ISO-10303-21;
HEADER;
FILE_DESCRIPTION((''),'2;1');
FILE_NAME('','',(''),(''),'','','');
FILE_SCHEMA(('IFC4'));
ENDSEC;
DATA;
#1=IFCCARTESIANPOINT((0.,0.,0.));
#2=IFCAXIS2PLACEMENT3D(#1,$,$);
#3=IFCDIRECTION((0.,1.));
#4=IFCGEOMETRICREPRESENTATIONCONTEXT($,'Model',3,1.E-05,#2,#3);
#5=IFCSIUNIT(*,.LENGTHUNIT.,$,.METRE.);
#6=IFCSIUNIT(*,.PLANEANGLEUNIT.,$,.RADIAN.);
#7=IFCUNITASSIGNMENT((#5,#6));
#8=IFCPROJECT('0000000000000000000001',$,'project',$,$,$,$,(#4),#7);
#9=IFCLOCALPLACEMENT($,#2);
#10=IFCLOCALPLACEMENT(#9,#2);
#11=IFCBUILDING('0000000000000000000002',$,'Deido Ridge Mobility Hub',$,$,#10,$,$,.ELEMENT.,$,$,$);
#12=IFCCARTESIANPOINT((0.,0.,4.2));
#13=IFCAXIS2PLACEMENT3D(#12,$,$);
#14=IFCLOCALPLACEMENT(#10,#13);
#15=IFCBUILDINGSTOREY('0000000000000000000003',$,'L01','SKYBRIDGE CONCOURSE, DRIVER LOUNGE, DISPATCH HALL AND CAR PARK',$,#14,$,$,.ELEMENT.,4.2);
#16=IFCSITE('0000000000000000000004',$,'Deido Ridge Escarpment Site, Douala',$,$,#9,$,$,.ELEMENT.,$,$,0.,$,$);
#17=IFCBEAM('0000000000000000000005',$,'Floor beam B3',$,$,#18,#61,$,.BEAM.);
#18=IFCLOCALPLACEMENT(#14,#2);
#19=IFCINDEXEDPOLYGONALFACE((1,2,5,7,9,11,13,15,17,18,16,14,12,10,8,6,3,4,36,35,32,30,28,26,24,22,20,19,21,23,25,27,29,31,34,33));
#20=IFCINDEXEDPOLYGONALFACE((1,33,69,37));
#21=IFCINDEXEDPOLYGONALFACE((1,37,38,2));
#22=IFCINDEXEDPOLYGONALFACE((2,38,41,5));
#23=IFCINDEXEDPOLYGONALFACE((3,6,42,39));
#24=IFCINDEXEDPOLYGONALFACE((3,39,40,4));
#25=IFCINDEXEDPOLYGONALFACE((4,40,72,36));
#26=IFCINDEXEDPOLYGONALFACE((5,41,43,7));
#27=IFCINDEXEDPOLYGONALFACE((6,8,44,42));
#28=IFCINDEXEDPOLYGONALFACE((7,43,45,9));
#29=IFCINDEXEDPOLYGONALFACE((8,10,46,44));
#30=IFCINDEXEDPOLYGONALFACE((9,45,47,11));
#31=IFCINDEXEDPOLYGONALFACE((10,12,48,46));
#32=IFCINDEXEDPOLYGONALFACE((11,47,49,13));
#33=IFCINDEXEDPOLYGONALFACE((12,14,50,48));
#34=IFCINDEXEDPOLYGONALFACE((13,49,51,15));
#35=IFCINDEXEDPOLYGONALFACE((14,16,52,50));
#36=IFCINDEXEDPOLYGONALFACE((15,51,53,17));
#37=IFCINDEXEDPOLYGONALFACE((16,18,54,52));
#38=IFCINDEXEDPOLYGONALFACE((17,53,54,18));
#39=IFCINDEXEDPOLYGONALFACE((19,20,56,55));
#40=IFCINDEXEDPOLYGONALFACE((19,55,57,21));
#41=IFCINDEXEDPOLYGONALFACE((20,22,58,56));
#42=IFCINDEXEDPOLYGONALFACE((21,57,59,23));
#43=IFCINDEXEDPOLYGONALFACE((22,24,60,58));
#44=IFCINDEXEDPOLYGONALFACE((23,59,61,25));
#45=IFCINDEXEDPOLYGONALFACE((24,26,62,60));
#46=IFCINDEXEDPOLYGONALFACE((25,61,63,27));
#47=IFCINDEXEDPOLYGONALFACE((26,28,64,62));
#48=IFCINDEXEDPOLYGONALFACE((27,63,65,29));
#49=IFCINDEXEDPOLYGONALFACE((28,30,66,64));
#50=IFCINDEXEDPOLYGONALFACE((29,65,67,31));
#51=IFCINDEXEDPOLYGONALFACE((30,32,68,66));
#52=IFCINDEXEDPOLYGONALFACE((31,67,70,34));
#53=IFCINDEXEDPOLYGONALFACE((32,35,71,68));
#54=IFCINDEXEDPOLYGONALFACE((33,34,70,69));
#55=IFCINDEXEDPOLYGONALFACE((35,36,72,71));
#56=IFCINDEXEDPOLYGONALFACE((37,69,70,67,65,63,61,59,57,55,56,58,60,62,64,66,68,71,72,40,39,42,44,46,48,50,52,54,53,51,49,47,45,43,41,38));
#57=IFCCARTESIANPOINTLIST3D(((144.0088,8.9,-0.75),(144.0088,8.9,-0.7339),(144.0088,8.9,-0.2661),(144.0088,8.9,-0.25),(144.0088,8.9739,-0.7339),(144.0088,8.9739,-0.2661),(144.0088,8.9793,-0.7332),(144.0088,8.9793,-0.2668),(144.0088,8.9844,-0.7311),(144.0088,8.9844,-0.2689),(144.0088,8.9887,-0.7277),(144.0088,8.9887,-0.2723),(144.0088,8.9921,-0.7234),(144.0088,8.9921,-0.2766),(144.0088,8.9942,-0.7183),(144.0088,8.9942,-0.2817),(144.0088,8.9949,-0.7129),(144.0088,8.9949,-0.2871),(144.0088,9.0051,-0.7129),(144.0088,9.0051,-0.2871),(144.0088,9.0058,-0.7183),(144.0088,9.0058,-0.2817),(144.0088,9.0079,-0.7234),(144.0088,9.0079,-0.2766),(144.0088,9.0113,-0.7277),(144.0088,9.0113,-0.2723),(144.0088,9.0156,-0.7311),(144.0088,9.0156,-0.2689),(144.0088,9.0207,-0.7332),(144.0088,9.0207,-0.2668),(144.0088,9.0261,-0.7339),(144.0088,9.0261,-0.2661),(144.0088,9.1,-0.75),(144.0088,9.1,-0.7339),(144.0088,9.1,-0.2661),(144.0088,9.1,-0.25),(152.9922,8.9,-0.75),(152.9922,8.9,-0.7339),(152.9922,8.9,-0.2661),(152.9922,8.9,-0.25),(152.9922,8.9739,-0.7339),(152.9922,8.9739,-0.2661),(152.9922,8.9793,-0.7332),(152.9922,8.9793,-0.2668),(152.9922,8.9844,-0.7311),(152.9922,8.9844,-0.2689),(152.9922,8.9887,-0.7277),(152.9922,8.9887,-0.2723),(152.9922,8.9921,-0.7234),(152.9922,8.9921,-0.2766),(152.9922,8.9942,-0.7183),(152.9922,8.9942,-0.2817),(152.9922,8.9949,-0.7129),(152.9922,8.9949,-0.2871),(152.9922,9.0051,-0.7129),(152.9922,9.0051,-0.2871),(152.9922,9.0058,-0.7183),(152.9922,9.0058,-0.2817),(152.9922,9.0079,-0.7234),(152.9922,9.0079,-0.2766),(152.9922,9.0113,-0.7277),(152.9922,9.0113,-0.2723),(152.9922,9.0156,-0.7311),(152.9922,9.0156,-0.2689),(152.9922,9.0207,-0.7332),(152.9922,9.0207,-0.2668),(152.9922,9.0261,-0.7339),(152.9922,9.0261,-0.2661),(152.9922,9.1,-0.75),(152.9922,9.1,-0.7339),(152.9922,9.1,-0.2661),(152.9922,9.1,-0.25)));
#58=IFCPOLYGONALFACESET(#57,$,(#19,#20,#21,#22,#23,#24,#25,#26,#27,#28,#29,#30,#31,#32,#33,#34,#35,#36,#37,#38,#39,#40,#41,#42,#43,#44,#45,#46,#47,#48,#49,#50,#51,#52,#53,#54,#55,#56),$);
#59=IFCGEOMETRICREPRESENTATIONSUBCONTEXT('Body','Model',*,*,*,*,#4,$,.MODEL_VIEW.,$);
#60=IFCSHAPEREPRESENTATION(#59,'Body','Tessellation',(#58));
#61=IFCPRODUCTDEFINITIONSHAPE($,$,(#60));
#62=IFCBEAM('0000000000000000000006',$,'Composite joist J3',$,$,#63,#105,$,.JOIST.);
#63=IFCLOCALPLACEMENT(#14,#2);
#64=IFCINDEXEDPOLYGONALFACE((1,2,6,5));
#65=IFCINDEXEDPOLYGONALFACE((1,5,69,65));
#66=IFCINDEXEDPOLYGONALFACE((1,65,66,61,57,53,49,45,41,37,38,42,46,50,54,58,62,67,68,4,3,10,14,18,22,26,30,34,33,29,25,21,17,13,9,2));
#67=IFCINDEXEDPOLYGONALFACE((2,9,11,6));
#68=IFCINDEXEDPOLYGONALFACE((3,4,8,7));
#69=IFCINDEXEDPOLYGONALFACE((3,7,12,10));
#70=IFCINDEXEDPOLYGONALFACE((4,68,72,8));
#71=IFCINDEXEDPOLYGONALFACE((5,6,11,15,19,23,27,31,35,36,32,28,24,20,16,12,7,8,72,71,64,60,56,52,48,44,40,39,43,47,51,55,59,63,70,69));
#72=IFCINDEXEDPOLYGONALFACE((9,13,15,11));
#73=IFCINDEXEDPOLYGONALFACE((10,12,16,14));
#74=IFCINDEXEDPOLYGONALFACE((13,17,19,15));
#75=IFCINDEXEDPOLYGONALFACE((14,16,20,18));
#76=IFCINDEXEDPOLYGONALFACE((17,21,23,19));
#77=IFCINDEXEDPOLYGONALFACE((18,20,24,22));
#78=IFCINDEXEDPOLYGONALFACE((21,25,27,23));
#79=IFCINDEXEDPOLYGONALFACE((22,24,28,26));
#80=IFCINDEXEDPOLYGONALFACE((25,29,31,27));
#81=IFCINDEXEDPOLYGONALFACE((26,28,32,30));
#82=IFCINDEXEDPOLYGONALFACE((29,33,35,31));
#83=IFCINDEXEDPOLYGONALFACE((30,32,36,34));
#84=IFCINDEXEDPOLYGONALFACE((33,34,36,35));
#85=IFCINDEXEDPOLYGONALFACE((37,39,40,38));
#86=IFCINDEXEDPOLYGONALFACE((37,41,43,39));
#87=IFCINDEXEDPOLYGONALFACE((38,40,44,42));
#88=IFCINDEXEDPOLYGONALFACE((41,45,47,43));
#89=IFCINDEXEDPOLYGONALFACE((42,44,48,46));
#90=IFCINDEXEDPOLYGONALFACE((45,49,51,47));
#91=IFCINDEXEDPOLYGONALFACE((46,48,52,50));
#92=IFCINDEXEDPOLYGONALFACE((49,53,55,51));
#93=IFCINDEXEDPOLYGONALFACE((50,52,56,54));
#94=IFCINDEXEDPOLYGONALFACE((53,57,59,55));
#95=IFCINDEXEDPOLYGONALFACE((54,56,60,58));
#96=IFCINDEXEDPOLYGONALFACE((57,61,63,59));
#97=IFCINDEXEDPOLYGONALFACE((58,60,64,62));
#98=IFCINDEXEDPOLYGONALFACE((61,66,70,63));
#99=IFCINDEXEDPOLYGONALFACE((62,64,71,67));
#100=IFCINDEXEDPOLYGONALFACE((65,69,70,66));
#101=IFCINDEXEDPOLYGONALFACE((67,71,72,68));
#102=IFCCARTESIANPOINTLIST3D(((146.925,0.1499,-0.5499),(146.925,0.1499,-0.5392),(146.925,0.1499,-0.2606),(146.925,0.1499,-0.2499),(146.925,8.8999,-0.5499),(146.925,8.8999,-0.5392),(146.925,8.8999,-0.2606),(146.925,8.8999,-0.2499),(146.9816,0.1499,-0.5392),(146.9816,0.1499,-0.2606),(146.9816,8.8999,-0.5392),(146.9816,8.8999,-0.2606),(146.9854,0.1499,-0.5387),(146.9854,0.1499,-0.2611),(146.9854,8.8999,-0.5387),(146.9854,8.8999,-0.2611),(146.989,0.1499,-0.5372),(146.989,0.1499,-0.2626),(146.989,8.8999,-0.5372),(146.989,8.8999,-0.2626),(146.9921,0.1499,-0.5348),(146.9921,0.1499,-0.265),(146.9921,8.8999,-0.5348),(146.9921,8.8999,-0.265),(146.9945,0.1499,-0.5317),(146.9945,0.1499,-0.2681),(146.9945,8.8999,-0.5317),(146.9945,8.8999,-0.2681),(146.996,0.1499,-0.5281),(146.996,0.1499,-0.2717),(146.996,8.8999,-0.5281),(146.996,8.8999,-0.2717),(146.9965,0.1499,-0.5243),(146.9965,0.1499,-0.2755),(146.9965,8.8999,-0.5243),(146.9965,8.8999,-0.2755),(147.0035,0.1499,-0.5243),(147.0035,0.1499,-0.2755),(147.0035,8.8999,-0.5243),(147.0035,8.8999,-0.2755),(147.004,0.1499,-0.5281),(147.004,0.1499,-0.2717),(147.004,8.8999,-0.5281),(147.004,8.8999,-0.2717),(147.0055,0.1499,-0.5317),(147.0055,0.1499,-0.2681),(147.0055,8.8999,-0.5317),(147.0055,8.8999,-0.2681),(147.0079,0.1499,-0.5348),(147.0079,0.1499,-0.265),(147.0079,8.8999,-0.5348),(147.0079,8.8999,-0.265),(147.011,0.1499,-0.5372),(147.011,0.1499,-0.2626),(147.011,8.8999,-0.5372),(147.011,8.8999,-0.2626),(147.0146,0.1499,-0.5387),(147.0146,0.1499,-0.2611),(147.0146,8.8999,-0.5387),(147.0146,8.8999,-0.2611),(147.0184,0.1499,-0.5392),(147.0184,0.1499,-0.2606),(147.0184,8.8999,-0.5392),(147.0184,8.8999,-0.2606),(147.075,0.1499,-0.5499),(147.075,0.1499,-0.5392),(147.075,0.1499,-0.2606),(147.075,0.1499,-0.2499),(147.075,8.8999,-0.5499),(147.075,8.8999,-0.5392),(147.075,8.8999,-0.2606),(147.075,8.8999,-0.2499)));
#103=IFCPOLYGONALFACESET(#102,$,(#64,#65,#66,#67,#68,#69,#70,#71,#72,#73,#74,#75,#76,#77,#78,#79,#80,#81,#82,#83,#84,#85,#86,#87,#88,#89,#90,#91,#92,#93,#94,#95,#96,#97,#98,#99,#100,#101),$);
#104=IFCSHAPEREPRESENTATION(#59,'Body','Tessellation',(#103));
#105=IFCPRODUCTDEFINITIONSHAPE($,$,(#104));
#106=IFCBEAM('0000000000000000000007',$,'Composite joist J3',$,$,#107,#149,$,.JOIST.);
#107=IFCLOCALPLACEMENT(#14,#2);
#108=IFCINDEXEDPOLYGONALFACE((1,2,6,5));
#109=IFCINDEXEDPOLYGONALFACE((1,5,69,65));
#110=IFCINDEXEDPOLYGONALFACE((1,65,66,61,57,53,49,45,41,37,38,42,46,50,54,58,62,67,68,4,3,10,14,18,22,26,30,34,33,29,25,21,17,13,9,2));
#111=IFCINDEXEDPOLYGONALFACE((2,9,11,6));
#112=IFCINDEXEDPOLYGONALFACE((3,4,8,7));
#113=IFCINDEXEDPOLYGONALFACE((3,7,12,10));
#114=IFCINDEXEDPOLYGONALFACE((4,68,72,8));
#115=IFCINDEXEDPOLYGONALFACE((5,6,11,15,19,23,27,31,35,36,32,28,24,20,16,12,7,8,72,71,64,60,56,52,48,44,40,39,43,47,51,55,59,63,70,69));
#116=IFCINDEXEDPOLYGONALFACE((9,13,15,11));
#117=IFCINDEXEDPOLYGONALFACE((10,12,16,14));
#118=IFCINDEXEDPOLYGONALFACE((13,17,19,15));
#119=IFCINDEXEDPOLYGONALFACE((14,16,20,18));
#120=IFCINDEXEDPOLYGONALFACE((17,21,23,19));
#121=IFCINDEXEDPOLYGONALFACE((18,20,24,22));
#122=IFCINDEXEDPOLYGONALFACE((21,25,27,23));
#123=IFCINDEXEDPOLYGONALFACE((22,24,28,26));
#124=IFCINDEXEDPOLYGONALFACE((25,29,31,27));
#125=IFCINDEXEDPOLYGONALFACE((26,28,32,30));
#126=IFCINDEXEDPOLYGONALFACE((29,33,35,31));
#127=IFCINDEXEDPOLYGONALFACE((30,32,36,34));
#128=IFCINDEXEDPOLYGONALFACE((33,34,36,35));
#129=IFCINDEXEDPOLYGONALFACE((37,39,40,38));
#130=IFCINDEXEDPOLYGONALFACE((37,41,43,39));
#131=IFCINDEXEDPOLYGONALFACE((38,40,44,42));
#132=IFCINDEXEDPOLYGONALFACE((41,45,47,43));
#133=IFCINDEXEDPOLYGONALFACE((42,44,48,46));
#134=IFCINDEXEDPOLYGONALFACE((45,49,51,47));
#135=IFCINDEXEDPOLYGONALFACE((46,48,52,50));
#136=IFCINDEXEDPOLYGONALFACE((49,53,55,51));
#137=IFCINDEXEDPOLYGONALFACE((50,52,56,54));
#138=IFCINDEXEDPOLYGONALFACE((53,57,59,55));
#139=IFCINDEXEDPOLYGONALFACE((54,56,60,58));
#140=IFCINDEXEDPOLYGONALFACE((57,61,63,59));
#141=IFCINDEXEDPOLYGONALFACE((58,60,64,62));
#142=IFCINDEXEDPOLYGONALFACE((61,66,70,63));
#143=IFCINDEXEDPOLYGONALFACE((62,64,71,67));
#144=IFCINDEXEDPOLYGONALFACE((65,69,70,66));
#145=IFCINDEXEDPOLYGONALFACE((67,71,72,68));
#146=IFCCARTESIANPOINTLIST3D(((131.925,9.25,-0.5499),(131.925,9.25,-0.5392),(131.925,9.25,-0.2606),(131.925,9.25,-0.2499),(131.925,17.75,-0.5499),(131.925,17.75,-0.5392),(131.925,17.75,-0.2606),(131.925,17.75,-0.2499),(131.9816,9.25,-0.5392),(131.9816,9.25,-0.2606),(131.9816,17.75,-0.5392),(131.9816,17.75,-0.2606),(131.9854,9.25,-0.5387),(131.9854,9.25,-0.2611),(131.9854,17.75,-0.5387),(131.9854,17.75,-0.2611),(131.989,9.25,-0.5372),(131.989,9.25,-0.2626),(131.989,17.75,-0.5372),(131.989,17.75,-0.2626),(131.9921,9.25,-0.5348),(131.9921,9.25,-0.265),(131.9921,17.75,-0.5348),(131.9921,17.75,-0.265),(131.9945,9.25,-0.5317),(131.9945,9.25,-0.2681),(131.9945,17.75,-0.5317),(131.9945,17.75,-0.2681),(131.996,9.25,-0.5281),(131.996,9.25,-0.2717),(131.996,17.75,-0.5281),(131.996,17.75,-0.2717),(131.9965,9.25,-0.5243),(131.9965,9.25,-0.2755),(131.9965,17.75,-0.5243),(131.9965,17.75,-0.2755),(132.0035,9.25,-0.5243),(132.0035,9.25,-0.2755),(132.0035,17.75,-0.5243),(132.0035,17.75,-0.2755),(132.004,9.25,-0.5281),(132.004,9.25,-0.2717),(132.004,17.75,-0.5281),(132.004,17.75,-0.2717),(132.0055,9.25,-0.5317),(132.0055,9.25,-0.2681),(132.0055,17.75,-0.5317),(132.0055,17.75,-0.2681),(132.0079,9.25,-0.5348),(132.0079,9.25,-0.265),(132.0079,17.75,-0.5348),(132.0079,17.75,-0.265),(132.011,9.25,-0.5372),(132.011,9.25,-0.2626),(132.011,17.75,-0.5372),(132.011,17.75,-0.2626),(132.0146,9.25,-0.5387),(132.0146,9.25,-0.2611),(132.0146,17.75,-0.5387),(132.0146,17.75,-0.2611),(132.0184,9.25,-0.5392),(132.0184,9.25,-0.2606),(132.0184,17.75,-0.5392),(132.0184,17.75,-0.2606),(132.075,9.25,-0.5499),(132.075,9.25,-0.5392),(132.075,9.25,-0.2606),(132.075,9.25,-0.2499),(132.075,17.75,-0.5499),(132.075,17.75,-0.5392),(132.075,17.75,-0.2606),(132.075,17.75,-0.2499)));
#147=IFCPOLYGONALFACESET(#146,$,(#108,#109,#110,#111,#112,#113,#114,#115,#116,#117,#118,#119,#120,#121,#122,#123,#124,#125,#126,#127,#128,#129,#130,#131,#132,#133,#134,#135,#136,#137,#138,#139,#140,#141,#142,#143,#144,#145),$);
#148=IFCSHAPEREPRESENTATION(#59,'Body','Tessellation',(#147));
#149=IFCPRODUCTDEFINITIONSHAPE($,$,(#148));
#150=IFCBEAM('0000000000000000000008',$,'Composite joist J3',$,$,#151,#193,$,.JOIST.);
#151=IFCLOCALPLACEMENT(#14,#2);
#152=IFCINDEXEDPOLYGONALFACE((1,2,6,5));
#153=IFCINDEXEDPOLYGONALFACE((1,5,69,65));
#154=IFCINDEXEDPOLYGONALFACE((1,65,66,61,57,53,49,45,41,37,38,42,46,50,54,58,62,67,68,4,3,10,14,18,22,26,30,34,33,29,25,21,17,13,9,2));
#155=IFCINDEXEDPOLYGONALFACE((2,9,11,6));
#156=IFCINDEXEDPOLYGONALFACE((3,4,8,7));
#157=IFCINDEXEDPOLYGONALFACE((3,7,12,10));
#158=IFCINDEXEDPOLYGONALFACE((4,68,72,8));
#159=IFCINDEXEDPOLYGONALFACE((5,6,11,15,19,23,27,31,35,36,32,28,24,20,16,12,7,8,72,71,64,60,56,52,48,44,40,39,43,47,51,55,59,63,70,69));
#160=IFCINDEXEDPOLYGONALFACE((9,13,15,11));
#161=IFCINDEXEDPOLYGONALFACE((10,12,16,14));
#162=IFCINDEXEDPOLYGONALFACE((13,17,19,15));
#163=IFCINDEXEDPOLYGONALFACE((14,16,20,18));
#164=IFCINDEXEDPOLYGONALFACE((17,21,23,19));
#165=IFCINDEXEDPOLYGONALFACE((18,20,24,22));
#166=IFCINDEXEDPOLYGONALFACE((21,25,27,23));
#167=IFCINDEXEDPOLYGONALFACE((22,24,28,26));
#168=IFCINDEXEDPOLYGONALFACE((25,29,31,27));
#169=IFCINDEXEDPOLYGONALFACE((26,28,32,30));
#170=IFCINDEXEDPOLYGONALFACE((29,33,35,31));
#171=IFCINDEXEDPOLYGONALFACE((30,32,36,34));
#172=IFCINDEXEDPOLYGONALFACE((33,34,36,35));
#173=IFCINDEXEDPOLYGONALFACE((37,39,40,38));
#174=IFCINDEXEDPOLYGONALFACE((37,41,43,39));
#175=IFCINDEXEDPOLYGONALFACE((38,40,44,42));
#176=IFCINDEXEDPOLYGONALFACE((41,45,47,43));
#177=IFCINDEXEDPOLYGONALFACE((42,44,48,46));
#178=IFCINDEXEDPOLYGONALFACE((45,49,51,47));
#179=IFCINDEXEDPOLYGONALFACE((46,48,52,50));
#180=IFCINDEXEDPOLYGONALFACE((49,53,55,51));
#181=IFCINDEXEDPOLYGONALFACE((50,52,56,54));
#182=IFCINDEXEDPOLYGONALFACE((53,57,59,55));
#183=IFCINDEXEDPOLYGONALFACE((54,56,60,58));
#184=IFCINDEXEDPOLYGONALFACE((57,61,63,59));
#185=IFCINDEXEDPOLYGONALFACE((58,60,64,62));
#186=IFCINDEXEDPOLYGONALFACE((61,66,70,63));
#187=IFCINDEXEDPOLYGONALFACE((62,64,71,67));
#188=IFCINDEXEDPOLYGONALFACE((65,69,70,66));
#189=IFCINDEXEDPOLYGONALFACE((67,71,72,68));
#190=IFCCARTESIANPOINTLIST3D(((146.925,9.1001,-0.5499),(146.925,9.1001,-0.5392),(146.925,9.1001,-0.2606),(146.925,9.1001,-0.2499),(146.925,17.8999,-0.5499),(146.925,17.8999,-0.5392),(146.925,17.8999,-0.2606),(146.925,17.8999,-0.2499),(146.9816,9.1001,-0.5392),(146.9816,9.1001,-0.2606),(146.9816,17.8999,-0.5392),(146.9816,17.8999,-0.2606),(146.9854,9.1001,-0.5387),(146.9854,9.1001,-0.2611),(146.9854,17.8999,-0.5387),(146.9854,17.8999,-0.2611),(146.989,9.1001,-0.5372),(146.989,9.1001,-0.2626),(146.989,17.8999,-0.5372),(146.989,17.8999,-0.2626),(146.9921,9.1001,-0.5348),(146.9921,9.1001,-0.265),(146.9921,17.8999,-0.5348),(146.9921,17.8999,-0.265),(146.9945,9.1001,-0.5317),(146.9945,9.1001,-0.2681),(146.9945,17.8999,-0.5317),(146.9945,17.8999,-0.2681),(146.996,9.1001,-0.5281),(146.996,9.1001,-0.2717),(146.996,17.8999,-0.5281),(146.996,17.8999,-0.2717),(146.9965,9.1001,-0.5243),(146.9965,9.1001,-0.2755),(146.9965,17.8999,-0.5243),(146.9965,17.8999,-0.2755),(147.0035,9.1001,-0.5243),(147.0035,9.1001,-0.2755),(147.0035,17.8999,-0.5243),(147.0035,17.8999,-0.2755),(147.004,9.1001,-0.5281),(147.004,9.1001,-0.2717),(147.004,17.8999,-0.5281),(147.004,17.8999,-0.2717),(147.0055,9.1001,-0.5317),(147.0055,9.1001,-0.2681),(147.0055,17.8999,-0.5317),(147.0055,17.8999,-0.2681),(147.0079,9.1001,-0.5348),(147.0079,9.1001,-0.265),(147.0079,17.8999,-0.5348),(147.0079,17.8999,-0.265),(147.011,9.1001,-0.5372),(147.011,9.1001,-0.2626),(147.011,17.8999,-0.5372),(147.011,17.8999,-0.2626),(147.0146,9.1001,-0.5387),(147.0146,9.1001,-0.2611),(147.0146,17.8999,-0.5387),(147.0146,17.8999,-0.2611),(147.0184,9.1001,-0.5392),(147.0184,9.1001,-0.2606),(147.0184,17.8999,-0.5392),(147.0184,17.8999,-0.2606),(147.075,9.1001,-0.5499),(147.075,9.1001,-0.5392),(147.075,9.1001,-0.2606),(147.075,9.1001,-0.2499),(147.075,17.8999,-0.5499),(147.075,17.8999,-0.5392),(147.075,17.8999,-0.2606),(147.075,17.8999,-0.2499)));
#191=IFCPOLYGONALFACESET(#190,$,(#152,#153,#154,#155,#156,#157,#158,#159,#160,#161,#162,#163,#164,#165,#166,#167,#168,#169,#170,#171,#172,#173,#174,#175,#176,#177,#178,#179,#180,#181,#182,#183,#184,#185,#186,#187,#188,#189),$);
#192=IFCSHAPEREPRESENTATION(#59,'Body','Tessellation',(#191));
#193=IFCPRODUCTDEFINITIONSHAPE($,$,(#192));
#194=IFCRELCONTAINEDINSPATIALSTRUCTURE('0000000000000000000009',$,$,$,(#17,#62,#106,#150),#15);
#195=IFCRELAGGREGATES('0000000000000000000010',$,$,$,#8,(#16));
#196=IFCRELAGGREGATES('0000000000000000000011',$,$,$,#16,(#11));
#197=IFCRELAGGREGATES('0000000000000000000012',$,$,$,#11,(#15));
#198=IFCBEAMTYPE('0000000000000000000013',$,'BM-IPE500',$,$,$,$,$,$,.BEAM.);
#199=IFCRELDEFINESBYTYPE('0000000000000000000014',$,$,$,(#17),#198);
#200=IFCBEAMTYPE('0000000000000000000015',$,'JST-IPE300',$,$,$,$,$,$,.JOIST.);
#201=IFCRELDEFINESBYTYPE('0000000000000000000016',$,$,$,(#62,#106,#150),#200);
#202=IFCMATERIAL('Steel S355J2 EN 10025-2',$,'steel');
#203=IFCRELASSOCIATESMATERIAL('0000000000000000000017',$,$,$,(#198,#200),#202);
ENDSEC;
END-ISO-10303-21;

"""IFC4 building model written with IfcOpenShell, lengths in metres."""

from ifc_helpers import new_model, si_unit, direction, frame, origin, origin_2d, place, context, subcontext, project, spatial, i_section, extrude, material, material_profile, profile_set, type_object, element, save


model = new_model("IFC4")

# Units and contexts
model_context = context("Model", 3, precision=1e-05, world=origin(), true_north=direction((0.0, 1.0)))
body_context = subcontext(model_context, "Body", "Model", "MODEL_VIEW")
ifc_project = project(units=[si_unit("LENGTHUNIT", "METRE"), si_unit("PLANEANGLEUNIT", "RADIAN")], contexts=[model_context])

# Site, building, storey
site_placement = place(None, origin())
site = spatial("IfcSite", under=ifc_project, at=site_placement, Name="Deido Ridge Escarpment Site, Douala", CompositionType="ELEMENT", RefElevation=0.0)
building_placement = place(site_placement, origin())
building = spatial("IfcBuilding", under=site, at=building_placement, Name="Deido Ridge Mobility Hub", CompositionType="ELEMENT")
storey_placement = place(building_placement, frame((0.0, 0.0, 4.2)))
storey = spatial("IfcBuildingStorey", under=building, at=storey_placement, Name="L01", Description="SKYBRIDGE CONCOURSE, DRIVER LOUNGE, DISPATCH HALL AND CAR PARK", CompositionType="ELEMENT", Elevation=4.2)

# Shared definitions
ifc_material_1 = material(Name="Steel S355J2 EN 10025-2", Category="steel")

# Beams
ifc_material_profile_1 = material_profile(ifc_material_1, i_section(OverallWidth=0.2, OverallDepth=0.5, WebThickness=0.0103, FlangeThickness=0.0161, FilletRadius=0.021, at=origin_2d()), Name="IPE 500")
ifc_profile_set_1 = profile_set([ifc_material_profile_1], Name="Steel S355J2 EN 10025-2")
beam_type_1 = type_object("IfcBeamType", Name="BM-IPE500", PredefinedType="BEAM", material=ifc_profile_set_1)
beam_1_placement = place(storey_placement, frame((144.0088, 9.0, -0.5), z_axis=(1.0, 0.0, 0.0), x_axis=(0.0, 1.0, 0.0)))
element("IfcBeam", 1, at=beam_1_placement, inside=storey, type_object=beam_type_1, Name="Floor beam B3", PredefinedType="BEAM", context=body_context, shape_type="SweptSolid", body=[
    extrude(i_section(OverallWidth=0.2, OverallDepth=0.5, WebThickness=0.0103, FlangeThickness=0.0161, FilletRadius=0.021, at=origin_2d()), origin(), (0.0, 0.0, 1.0), 8.9834),
])
ifc_material_profile_2 = material_profile(ifc_material_1, i_section(OverallWidth=0.1499, OverallDepth=0.3, WebThickness=0.0071, FlangeThickness=0.0107, FilletRadius=0.0149, at=origin_2d()), Name="IPE 300")
ifc_profile_set_2 = profile_set([ifc_material_profile_2], Name="Steel S355J2 EN 10025-2")
beam_type_2 = type_object("IfcBeamType", Name="JST-IPE300", PredefinedType="JOIST", material=ifc_profile_set_2)
beam_2_placement = place(storey_placement, frame((147.0, 0.1499, -0.3999), z_axis=(0.0, 1.0, 0.0), x_axis=(-1.0, 0.0, 0.0)))
element("IfcBeam", 2, at=beam_2_placement, inside=storey, type_object=beam_type_2, Name="Composite joist J3", PredefinedType="JOIST", context=body_context, shape_type="SweptSolid", body=[
    extrude(i_section(OverallWidth=0.1499, OverallDepth=0.3, WebThickness=0.0071, FlangeThickness=0.0107, FilletRadius=0.0149, at=origin_2d()), origin(), (0.0, 0.0, 1.0), 8.75),
])
beam_3_placement = place(storey_placement, frame((132.0, 9.25, -0.3999), z_axis=(0.0, 1.0, 0.0), x_axis=(-1.0, 0.0, 0.0)))
element("IfcBeam", 3, at=beam_3_placement, inside=storey, type_object=beam_type_2, Name="Composite joist J3", PredefinedType="JOIST", context=body_context, shape_type="SweptSolid", body=[
    extrude(i_section(OverallWidth=0.1499, OverallDepth=0.3, WebThickness=0.0071, FlangeThickness=0.0107, FilletRadius=0.0149, at=origin_2d()), origin(), (0.0, 0.0, 1.0), 8.5),
])
beam_4_placement = place(storey_placement, frame((147.0, 9.1001, -0.3999), z_axis=(0.0, 1.0, 0.0), x_axis=(-1.0, 0.0, 0.0)))
element("IfcBeam", 4, at=beam_4_placement, inside=storey, type_object=beam_type_2, Name="Composite joist J3", PredefinedType="JOIST", context=body_context, shape_type="SweptSolid", body=[
    extrude(i_section(OverallWidth=0.1499, OverallDepth=0.3, WebThickness=0.0071, FlangeThickness=0.0107, FilletRadius=0.0149, at=origin_2d()), origin(), (0.0, 0.0, 1.0), 8.7998),
])

save(model, "model.ifc")
